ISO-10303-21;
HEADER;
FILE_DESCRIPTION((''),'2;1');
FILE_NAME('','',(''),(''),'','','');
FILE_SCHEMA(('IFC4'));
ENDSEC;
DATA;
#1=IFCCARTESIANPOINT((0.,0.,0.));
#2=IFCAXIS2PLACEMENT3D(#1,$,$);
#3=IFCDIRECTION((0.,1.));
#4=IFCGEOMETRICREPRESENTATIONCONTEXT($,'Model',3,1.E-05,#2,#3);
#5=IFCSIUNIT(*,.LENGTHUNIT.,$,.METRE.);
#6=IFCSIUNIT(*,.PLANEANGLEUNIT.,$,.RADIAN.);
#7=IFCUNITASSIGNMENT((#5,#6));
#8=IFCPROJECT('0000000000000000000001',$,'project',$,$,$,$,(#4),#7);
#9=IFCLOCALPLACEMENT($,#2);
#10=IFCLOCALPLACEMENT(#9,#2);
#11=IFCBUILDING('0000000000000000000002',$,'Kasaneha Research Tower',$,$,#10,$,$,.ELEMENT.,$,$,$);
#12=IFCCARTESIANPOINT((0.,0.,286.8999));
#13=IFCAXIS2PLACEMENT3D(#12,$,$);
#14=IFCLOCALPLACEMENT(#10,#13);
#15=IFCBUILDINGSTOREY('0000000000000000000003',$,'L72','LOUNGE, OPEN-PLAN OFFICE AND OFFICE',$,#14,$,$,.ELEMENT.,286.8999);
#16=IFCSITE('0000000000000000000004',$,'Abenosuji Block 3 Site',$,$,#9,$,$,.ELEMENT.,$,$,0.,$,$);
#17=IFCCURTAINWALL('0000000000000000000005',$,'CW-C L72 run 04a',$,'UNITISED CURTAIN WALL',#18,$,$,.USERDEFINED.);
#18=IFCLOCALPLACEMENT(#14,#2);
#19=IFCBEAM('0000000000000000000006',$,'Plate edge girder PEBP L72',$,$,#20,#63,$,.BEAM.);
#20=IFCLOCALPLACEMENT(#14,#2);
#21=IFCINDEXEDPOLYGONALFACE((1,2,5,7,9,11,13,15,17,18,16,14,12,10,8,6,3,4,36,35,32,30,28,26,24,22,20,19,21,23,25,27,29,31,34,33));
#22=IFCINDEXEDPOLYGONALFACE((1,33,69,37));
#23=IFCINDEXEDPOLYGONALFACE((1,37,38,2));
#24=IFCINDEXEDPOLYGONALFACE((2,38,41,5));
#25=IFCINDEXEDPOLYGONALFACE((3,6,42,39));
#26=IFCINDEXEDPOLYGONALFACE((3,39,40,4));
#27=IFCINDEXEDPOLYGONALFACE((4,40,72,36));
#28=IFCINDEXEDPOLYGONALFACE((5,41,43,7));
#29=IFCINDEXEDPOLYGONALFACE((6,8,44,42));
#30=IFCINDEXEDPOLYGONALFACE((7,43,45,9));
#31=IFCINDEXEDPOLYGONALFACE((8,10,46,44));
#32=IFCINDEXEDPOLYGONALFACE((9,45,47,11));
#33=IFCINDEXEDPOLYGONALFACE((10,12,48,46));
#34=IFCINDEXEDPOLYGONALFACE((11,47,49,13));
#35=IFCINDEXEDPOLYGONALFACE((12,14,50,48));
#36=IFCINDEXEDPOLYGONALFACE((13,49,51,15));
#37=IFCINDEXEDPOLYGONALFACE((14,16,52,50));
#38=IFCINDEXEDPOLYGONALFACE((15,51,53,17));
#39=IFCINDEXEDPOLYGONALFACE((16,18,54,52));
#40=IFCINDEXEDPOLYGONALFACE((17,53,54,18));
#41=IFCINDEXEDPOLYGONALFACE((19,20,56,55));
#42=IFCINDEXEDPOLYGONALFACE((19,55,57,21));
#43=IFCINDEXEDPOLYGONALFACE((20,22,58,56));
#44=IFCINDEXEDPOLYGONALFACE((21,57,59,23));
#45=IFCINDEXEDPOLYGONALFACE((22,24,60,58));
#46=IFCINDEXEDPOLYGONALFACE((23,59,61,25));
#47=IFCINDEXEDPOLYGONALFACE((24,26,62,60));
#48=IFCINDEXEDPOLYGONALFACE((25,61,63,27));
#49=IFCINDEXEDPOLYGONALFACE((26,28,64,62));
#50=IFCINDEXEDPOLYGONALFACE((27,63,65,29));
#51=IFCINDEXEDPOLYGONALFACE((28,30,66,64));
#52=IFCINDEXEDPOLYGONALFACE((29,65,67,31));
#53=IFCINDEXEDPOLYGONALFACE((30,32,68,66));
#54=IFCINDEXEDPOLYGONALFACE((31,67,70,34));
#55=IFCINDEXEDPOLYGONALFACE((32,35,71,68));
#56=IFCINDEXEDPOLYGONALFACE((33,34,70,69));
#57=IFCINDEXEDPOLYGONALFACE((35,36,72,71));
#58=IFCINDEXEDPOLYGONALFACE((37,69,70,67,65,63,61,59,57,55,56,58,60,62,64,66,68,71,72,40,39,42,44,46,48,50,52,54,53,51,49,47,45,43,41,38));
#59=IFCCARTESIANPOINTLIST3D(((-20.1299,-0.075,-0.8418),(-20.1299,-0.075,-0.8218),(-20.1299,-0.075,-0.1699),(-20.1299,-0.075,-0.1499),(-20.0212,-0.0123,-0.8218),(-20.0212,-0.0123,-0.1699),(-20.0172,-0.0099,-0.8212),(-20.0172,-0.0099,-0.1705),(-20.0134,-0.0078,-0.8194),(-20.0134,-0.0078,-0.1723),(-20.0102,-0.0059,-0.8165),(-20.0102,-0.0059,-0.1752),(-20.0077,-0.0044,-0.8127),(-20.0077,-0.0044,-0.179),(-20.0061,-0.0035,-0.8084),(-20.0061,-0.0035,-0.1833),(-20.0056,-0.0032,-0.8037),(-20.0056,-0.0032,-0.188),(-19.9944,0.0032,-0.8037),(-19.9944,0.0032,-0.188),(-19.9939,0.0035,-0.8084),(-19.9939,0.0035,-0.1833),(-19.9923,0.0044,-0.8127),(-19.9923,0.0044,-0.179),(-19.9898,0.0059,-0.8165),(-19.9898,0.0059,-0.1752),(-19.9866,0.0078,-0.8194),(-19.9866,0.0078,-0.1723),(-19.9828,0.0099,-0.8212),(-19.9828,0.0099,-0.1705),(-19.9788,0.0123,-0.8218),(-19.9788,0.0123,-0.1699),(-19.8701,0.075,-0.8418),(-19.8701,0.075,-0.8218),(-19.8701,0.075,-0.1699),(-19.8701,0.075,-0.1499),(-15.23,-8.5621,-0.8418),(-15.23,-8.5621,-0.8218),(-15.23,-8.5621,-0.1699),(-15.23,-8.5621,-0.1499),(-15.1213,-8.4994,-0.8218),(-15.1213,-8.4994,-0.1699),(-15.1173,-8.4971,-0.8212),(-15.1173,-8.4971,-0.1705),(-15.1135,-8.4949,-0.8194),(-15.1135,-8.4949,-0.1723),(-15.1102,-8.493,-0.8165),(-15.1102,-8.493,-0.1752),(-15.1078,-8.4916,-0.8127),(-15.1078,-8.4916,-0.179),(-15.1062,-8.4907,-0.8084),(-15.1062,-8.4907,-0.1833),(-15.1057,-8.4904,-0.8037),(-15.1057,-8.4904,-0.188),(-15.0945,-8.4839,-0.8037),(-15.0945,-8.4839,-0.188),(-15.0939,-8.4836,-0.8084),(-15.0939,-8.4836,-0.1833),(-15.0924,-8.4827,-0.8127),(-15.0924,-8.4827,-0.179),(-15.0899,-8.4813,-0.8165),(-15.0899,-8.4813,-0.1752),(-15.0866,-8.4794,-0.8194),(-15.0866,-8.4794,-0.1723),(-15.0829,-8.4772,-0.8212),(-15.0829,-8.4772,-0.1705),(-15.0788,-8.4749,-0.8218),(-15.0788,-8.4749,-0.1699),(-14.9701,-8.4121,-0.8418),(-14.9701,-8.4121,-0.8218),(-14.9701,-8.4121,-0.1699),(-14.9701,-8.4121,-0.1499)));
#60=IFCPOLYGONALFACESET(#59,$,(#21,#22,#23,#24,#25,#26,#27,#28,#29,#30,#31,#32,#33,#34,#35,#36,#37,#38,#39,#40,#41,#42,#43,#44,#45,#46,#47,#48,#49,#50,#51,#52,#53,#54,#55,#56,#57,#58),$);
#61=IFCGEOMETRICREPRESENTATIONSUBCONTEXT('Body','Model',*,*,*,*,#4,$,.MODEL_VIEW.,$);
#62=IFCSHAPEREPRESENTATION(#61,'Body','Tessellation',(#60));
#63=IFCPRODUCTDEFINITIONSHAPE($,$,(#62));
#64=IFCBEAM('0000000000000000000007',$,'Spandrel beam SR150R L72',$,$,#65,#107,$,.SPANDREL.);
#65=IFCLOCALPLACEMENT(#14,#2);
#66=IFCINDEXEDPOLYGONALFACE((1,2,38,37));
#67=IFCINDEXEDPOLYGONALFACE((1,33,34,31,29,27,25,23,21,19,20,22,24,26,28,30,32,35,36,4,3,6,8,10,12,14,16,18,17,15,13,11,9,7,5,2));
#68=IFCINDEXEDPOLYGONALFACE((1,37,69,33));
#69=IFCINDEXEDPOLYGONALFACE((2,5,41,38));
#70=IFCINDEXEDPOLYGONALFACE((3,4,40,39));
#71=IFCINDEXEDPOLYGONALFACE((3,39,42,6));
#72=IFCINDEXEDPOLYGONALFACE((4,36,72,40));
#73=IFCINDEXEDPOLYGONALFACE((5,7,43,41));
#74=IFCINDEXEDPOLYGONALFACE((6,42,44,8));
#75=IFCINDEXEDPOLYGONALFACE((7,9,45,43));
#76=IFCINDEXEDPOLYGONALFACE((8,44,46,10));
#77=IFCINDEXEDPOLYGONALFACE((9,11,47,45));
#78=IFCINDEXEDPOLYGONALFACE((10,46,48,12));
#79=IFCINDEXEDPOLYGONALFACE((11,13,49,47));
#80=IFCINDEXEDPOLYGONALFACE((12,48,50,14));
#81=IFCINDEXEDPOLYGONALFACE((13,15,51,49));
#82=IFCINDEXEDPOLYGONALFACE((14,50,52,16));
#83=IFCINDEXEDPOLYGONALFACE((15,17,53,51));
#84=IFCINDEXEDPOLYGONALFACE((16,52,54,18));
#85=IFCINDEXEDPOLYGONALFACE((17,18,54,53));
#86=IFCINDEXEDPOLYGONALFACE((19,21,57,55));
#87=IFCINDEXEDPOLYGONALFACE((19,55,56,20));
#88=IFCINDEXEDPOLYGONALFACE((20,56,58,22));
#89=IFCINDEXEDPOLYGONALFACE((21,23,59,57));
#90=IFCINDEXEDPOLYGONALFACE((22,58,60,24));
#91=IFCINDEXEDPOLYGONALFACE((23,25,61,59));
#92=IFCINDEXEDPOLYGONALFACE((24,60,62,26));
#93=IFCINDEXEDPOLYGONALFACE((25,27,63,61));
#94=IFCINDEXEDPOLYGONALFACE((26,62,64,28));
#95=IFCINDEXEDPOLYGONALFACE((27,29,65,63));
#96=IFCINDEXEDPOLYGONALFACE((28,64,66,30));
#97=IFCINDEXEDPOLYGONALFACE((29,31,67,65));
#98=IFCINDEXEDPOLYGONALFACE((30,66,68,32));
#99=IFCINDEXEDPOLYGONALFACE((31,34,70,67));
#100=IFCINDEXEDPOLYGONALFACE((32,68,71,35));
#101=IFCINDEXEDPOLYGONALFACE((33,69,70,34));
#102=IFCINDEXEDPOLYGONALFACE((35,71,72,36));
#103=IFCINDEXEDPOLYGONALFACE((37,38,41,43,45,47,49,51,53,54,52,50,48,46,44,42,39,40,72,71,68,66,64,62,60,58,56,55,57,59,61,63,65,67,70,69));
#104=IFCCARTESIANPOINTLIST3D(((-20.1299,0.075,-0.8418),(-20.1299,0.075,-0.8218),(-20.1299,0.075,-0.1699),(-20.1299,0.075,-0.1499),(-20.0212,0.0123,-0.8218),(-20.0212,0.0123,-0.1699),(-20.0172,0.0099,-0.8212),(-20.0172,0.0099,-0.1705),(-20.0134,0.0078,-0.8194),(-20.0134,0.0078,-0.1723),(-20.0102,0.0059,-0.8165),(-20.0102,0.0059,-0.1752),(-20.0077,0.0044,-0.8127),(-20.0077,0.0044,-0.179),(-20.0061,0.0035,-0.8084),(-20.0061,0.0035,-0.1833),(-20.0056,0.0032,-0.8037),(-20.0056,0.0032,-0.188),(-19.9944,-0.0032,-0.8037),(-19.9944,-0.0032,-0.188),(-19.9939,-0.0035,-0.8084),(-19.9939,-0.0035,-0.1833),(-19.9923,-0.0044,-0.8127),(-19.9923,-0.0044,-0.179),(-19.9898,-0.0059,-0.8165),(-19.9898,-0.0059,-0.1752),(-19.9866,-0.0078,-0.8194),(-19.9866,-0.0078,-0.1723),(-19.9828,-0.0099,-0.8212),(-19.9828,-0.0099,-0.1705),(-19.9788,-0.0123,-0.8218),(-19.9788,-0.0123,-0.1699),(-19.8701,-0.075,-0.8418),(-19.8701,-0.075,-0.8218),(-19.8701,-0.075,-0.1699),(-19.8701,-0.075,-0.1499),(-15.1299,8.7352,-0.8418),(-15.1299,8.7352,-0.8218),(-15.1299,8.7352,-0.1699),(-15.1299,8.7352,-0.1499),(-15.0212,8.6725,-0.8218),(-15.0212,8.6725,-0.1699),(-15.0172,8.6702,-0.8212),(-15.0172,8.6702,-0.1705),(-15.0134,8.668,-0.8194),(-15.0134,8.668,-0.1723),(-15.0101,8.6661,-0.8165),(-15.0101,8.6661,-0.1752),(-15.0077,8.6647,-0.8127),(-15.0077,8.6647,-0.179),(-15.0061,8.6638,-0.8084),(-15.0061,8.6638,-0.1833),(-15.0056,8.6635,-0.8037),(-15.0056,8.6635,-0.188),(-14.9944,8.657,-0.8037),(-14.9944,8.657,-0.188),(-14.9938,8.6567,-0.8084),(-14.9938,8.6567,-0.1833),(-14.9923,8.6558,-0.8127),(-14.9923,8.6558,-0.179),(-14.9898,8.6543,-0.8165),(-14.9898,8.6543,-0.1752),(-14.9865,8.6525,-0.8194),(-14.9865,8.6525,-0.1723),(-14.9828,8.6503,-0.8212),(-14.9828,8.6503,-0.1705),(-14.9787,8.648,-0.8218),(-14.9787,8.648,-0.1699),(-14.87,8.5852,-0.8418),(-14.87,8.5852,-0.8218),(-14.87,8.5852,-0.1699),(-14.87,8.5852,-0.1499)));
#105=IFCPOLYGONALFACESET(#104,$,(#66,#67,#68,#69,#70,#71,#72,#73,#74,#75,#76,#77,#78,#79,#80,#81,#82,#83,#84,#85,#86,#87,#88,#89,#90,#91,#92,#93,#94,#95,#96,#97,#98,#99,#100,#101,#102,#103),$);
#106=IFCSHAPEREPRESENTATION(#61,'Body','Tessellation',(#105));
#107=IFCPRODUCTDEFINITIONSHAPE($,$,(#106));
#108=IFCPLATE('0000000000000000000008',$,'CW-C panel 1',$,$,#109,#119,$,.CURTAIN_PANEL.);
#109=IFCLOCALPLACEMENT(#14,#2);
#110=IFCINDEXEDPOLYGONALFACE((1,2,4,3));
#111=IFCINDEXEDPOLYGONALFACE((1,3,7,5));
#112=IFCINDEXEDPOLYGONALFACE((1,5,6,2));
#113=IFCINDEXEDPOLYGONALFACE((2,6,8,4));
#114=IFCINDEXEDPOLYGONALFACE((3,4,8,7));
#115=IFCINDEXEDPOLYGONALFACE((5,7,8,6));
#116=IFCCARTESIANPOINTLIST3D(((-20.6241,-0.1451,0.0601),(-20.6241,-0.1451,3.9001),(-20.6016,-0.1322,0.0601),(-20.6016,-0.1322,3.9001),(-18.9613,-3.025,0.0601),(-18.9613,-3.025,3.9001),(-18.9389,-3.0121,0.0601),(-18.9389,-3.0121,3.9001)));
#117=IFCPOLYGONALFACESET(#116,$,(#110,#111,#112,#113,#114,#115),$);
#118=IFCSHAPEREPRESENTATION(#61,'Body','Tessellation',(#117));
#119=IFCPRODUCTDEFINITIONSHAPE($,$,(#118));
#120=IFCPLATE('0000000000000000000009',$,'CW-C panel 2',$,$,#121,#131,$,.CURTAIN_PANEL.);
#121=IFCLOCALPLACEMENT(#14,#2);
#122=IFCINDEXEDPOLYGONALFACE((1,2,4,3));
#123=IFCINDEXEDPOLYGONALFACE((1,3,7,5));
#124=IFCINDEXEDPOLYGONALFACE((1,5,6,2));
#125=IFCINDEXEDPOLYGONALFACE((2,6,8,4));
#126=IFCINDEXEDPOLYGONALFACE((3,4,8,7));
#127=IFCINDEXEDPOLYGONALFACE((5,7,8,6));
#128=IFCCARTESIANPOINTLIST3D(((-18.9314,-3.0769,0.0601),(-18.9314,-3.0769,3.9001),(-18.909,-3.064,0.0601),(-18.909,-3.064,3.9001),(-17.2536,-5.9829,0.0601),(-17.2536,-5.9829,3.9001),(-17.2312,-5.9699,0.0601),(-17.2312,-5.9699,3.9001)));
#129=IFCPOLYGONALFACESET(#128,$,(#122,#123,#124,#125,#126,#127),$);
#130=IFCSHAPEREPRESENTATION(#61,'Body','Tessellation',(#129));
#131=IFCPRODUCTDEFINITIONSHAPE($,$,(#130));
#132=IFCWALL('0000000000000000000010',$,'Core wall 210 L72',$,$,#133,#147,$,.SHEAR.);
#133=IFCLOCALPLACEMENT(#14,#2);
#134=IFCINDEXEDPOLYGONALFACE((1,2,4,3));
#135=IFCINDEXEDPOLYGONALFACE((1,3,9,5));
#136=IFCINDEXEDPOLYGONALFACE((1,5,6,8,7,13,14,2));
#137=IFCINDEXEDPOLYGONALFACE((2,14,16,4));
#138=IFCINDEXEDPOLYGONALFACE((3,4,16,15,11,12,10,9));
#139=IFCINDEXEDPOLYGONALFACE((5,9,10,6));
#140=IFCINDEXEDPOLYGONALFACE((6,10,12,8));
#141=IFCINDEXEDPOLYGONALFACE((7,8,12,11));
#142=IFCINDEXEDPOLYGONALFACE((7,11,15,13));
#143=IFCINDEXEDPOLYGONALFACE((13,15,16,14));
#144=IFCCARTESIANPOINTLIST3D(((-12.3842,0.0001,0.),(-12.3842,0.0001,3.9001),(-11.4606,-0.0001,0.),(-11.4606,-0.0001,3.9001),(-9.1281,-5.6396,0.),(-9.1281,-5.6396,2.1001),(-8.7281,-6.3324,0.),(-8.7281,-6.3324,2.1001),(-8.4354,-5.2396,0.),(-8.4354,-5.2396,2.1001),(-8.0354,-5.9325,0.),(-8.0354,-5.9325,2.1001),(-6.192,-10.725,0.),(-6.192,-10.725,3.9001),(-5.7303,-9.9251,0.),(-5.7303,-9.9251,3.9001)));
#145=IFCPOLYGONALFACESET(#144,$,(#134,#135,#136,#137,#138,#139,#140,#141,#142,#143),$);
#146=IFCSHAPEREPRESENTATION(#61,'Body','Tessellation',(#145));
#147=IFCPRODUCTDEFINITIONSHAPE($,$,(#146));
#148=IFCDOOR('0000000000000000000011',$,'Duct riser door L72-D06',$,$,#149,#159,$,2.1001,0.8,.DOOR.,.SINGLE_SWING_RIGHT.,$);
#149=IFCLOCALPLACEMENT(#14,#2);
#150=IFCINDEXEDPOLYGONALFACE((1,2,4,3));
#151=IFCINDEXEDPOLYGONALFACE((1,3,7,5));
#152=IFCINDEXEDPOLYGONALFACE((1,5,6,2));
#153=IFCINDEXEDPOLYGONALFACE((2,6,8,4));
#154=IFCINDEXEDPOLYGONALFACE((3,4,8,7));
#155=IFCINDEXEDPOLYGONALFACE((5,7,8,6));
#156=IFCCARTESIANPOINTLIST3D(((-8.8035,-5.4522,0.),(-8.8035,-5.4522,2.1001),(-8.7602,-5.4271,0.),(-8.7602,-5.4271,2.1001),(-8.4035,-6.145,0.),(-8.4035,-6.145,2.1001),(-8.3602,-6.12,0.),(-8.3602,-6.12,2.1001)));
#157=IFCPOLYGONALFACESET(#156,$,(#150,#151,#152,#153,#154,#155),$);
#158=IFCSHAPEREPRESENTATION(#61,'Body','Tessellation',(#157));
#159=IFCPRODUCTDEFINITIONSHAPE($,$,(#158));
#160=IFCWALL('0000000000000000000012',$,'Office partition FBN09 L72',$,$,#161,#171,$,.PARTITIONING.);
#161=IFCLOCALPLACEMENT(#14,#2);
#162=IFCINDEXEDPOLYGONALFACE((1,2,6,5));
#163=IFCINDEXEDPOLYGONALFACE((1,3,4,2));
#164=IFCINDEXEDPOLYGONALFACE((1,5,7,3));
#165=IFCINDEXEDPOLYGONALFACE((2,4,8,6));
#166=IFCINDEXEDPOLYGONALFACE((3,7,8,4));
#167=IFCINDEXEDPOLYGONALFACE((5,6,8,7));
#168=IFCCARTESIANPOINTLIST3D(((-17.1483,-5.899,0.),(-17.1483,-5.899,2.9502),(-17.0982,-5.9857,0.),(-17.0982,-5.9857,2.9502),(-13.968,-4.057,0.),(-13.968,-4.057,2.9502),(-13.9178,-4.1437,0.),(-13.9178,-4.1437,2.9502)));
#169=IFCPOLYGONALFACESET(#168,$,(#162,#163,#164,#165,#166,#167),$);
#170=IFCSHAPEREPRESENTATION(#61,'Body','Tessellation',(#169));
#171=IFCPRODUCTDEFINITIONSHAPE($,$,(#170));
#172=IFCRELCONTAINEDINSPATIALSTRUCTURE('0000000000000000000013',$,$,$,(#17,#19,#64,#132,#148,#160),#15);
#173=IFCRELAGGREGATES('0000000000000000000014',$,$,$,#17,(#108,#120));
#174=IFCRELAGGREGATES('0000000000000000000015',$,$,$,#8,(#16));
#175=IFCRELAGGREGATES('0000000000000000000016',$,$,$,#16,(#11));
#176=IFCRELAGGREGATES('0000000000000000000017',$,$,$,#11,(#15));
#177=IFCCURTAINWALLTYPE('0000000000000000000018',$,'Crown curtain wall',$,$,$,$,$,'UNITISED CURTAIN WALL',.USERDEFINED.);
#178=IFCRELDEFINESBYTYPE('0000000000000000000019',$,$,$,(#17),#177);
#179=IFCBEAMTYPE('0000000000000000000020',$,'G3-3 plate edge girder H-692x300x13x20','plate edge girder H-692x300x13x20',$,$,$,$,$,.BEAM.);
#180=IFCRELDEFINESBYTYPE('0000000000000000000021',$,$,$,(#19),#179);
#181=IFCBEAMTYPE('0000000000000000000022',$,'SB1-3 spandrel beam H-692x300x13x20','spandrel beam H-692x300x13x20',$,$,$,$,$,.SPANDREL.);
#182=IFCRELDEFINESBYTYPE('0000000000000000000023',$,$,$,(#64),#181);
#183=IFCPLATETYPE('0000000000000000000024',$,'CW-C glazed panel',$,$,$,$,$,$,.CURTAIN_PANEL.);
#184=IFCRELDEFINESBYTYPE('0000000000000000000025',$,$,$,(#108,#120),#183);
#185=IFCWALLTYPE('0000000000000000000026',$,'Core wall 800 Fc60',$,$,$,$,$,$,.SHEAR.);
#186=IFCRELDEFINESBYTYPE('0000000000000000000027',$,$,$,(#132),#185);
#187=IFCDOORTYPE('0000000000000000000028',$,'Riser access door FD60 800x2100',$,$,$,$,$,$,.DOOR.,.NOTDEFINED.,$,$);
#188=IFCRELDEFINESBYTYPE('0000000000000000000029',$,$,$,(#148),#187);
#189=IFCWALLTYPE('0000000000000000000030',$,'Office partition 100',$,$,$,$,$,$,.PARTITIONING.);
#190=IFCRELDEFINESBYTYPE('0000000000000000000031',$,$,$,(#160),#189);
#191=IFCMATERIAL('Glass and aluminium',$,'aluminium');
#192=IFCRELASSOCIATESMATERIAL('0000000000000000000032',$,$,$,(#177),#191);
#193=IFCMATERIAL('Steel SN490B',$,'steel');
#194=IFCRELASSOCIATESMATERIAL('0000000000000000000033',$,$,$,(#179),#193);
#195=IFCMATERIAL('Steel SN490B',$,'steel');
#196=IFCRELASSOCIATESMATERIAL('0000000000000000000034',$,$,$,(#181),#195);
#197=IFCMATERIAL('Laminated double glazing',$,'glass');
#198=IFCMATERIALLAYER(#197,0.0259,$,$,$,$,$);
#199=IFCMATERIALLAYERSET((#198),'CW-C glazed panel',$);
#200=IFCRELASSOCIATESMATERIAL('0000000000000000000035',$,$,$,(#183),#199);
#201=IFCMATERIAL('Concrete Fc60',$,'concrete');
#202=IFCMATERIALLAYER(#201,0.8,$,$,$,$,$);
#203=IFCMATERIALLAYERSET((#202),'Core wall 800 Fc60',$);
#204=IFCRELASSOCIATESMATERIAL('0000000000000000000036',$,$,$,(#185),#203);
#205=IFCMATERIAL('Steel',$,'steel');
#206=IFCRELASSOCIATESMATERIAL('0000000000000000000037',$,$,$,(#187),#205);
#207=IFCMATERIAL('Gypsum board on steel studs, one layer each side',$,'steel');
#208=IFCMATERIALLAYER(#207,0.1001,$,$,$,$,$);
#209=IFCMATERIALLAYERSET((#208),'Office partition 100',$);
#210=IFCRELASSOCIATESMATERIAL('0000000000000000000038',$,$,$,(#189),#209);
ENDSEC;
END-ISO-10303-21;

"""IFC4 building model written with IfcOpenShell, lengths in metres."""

from ifc_helpers import new_model, si_unit, direction, frame, frame_2d, origin, origin_2d, place, context, subcontext, project, spatial, polyline, rectangle, i_section, outline, extrude, material, layer, layer_set, material_profile, profile_set, type_object, element, fill, aggregate, save


model = new_model("IFC4")

# Units and contexts
model_context = context("Model", 3, precision=1e-05, world=origin(), true_north=direction((0.0, 1.0)))
body_context = subcontext(model_context, "Body", "Model", "MODEL_VIEW")
ifc_project = project(units=[si_unit("LENGTHUNIT", "METRE"), si_unit("PLANEANGLEUNIT", "RADIAN")], contexts=[model_context])

# Site, building, storey
site_placement = place(None, origin())
site = spatial("IfcSite", under=ifc_project, at=site_placement, Name="Abenosuji Block 3 Site", CompositionType="ELEMENT", RefElevation=0.0)
building_placement = place(site_placement, origin())
building = spatial("IfcBuilding", under=site, at=building_placement, Name="Kasaneha Research Tower", CompositionType="ELEMENT")
storey_placement = place(building_placement, frame((0.0, 0.0, 286.8999)))
storey = spatial("IfcBuildingStorey", under=building, at=storey_placement, Name="L72", Description="LOUNGE, OPEN-PLAN OFFICE AND OFFICE", CompositionType="ELEMENT", Elevation=286.8999)

# Curtain wall
ifc_material_1 = material(Name="Glass and aluminium", Category="aluminium")
curtain_wall_type = type_object("IfcCurtainWallType", Name="Crown curtain wall", ElementType="UNITISED CURTAIN WALL", PredefinedType="USERDEFINED", material=ifc_material_1)
curtain_wall_placement = place(storey_placement, origin())
curtain_wall = element("IfcCurtainWall", 1, at=curtain_wall_placement, inside=storey, type_object=curtain_wall_type, Name="CW-C L72 run 04a", ObjectType="UNITISED CURTAIN WALL", PredefinedType="USERDEFINED")

# Beams
ifc_material_2 = material(Name="Steel SN490B", Category="steel")
ifc_material_profile_1 = material_profile(ifc_material_2, i_section(OverallWidth=0.3, OverallDepth=0.6919, WebThickness=0.0129, FlangeThickness=0.02, FilletRadius=0.0181, at=origin_2d()), Name="H-692x300x13x20")
ifc_profile_set_1 = profile_set([ifc_material_profile_1], Name="Steel SN490B")
beam_type_1 = type_object("IfcBeamType", Name="G3-3 plate edge girder H-692x300x13x20", Description="plate edge girder H-692x300x13x20", PredefinedType="BEAM", material=ifc_profile_set_1)
beam_1_placement = place(storey_placement, frame((-20.0, 0.0, -0.4958), z_axis=(0.499992, -0.86603, 0.0), x_axis=(0.86603, 0.499992, 0.0)))
element("IfcBeam", 2, at=beam_1_placement, inside=storey, type_object=beam_type_1, Name="Plate edge girder PEBP L72", PredefinedType="BEAM", context=body_context, shape_type="SweptSolid", body=[
    extrude(i_section(OverallWidth=0.3, OverallDepth=0.6919, WebThickness=0.0129, FlangeThickness=0.02, FilletRadius=0.0181, at=origin_2d()), origin(), (0.0, 0.0, 1.0), 9.8),
])
ifc_material_3 = material(Name="Steel SN490B", Category="steel")
ifc_material_profile_2 = material_profile(ifc_material_3, i_section(OverallWidth=0.3, OverallDepth=0.6919, WebThickness=0.0129, FlangeThickness=0.02, FilletRadius=0.0181, at=origin_2d()), Name="H-692x300x13x20")
ifc_profile_set_2 = profile_set([ifc_material_profile_2], Name="Steel SN490B")
beam_type_2 = type_object("IfcBeamType", Name="SB1-3 spandrel beam H-692x300x13x20", Description="spandrel beam H-692x300x13x20", PredefinedType="SPANDREL", material=ifc_profile_set_2)
beam_2_placement = place(storey_placement, frame((-20.0, 0.0, -0.4958), z_axis=(0.500004, 0.866023, 0.0), x_axis=(-0.866023, 0.500004, 0.0)))
element("IfcBeam", 3, at=beam_2_placement, inside=storey, type_object=beam_type_2, Name="Spandrel beam SR150R L72", PredefinedType="SPANDREL", context=body_context, shape_type="SweptSolid", body=[
    extrude(i_section(OverallWidth=0.3, OverallDepth=0.6919, WebThickness=0.0129, FlangeThickness=0.02, FilletRadius=0.0181, at=origin_2d()), origin(), (0.0, 0.0, 1.0), 10.0),
])

# Plates
ifc_material_4 = material(Name="Laminated double glazing", Category="glass")
ifc_layer_1 = layer(ifc_material_4, 0.0259)
ifc_layer_set_1 = layer_set([ifc_layer_1], Name="CW-C glazed panel")
plate_type = type_object("IfcPlateType", Name="CW-C glazed panel", PredefinedType="CURTAIN_PANEL", material=ifc_layer_set_1)
plate_1_placement = place(storey_placement, frame((-19.7815, -1.5786, 0.0601), z_axis=(0.0, 0.0, 1.0), x_axis=(0.5, -0.866025, 0.0)))
plate_1 = element("IfcPlate", 4, at=plate_1_placement, type_object=plate_type, Name="CW-C panel 1", PredefinedType="CURTAIN_PANEL", context=body_context, shape_type="SweptSolid", body=[
    extrude(rectangle(XDim=3.3254, YDim=0.0259, at=origin_2d()), origin(), (0.0, 0.0, 1.0), 3.8401),
])
plate_2_placement = place(storey_placement, frame((-18.0813, -4.5234, 0.0601), z_axis=(0.0, 0.0, 1.0), x_axis=(0.5, -0.866025, 0.0)))
plate_2 = element("IfcPlate", 5, at=plate_2_placement, type_object=plate_type, Name="CW-C panel 2", PredefinedType="CURTAIN_PANEL", context=body_context, shape_type="SweptSolid", body=[
    extrude(rectangle(XDim=3.3555, YDim=0.0259, at=origin_2d()), origin(), (0.0, 0.0, 1.0), 3.8401),
])
aggregate(curtain_wall, [plate_1, plate_2])

# Wall, opening, door
ifc_material_5 = material(Name="Concrete Fc60", Category="concrete")
ifc_layer_2 = layer(ifc_material_5, 0.8)
ifc_layer_set_2 = layer_set([ifc_layer_2], Name="Core wall 800 Fc60")
wall_type_1 = type_object("IfcWallType", Name="Core wall 800 Fc60", PredefinedType="SHEAR", material=ifc_layer_set_2)
wall_1_placement = place(storey_placement, frame((-11.9224, 0.0, 0.0), z_axis=(0.0, 0.0, 1.0), x_axis=(0.500004, -0.866023, 0.0)))
wall_1 = element("IfcWall", 6, at=wall_1_placement, inside=storey, type_object=wall_type_1, Name="Core wall 210 L72", PredefinedType="SHEAR", context=body_context, shape_type="SweptSolid", body=[
    extrude(outline(polyline([(-0.231, -0.3999), (6.2812, -0.3999), (7.0813, -0.3999), (12.1533, -0.3999), (11.6914, 0.3999), (7.0813, 0.3999), (6.2812, 0.3999), (0.231, 0.3999), (-0.231, -0.3999)])), origin(), (0.0, 0.0, 1.0), 3.9001),
])
opening_1_placement = place(wall_1_placement, frame((6.2812, 0.0, 0.0)))
opening_1 = element("IfcOpeningElement", 7, at=opening_1_placement, cuts=wall_1, PredefinedType="OPENING", context=body_context, shape_type="SweptSolid", body=[
    extrude(rectangle(XDim=0.8, YDim=2.1001, at=frame_2d((0.3999, 1.05))), frame((0.0, 0.4102, 0.0), z_axis=(0.0, -1.0, 0.0), x_axis=(1.0, 0.0, 0.0)), (0.0, 0.0, 1.0), 0.8201),
])
ifc_material_6 = material(Name="Steel", Category="steel")
door_type_1 = type_object("IfcDoorType", Name="Riser access door FD60 800x2100", OperationType="NOTDEFINED", PredefinedType="DOOR", material=ifc_material_6)
door_1_placement = place(opening_1_placement, origin())
door_1 = element("IfcDoor", 8, at=door_1_placement, inside=storey, type_object=door_type_1, Name="Duct riser door L72-D06", OperationType="SINGLE_SWING_RIGHT", OverallHeight=2.1001, OverallWidth=0.8, PredefinedType="DOOR", context=body_context, shape_type="SweptSolid", body=[
    extrude(rectangle(XDim=0.8, YDim=2.1001, at=frame_2d((0.3999, 1.05))), frame((0.0, 0.0249, 0.0), z_axis=(0.0, -1.0, 0.0), x_axis=(1.0, 0.0, 0.0)), (0.0, 0.0, 1.0), 0.05),
])
fill(opening_1, door_1)

# Wall
ifc_material_7 = material(Name="Gypsum board on steel studs, one layer each side", Category="steel")
ifc_layer_3 = layer(ifc_material_7, 0.1001)
ifc_layer_set_3 = layer_set([ifc_layer_3], Name="Office partition 100")
wall_type_2 = type_object("IfcWallType", Name="Office partition 100", PredefinedType="PARTITIONING", material=ifc_layer_set_3)
wall_2_placement = place(storey_placement, frame((-13.9429, -4.1003, 0.0), z_axis=(0.0, 0.0, 1.0), x_axis=(-0.865338, -0.501188, 0.0)))
element("IfcWall", 9, at=wall_2_placement, inside=storey, type_object=wall_type_2, Name="Office partition FBN09 L72", PredefinedType="PARTITIONING", context=body_context, shape_type="SweptSolid", body=[
    extrude(rectangle(XDim=3.6753, YDim=0.1001, at=frame_2d((1.8376, 0.0))), origin(), (0.0, 0.0, 1.0), 2.9502),
])

save(model, "model.ifc")
